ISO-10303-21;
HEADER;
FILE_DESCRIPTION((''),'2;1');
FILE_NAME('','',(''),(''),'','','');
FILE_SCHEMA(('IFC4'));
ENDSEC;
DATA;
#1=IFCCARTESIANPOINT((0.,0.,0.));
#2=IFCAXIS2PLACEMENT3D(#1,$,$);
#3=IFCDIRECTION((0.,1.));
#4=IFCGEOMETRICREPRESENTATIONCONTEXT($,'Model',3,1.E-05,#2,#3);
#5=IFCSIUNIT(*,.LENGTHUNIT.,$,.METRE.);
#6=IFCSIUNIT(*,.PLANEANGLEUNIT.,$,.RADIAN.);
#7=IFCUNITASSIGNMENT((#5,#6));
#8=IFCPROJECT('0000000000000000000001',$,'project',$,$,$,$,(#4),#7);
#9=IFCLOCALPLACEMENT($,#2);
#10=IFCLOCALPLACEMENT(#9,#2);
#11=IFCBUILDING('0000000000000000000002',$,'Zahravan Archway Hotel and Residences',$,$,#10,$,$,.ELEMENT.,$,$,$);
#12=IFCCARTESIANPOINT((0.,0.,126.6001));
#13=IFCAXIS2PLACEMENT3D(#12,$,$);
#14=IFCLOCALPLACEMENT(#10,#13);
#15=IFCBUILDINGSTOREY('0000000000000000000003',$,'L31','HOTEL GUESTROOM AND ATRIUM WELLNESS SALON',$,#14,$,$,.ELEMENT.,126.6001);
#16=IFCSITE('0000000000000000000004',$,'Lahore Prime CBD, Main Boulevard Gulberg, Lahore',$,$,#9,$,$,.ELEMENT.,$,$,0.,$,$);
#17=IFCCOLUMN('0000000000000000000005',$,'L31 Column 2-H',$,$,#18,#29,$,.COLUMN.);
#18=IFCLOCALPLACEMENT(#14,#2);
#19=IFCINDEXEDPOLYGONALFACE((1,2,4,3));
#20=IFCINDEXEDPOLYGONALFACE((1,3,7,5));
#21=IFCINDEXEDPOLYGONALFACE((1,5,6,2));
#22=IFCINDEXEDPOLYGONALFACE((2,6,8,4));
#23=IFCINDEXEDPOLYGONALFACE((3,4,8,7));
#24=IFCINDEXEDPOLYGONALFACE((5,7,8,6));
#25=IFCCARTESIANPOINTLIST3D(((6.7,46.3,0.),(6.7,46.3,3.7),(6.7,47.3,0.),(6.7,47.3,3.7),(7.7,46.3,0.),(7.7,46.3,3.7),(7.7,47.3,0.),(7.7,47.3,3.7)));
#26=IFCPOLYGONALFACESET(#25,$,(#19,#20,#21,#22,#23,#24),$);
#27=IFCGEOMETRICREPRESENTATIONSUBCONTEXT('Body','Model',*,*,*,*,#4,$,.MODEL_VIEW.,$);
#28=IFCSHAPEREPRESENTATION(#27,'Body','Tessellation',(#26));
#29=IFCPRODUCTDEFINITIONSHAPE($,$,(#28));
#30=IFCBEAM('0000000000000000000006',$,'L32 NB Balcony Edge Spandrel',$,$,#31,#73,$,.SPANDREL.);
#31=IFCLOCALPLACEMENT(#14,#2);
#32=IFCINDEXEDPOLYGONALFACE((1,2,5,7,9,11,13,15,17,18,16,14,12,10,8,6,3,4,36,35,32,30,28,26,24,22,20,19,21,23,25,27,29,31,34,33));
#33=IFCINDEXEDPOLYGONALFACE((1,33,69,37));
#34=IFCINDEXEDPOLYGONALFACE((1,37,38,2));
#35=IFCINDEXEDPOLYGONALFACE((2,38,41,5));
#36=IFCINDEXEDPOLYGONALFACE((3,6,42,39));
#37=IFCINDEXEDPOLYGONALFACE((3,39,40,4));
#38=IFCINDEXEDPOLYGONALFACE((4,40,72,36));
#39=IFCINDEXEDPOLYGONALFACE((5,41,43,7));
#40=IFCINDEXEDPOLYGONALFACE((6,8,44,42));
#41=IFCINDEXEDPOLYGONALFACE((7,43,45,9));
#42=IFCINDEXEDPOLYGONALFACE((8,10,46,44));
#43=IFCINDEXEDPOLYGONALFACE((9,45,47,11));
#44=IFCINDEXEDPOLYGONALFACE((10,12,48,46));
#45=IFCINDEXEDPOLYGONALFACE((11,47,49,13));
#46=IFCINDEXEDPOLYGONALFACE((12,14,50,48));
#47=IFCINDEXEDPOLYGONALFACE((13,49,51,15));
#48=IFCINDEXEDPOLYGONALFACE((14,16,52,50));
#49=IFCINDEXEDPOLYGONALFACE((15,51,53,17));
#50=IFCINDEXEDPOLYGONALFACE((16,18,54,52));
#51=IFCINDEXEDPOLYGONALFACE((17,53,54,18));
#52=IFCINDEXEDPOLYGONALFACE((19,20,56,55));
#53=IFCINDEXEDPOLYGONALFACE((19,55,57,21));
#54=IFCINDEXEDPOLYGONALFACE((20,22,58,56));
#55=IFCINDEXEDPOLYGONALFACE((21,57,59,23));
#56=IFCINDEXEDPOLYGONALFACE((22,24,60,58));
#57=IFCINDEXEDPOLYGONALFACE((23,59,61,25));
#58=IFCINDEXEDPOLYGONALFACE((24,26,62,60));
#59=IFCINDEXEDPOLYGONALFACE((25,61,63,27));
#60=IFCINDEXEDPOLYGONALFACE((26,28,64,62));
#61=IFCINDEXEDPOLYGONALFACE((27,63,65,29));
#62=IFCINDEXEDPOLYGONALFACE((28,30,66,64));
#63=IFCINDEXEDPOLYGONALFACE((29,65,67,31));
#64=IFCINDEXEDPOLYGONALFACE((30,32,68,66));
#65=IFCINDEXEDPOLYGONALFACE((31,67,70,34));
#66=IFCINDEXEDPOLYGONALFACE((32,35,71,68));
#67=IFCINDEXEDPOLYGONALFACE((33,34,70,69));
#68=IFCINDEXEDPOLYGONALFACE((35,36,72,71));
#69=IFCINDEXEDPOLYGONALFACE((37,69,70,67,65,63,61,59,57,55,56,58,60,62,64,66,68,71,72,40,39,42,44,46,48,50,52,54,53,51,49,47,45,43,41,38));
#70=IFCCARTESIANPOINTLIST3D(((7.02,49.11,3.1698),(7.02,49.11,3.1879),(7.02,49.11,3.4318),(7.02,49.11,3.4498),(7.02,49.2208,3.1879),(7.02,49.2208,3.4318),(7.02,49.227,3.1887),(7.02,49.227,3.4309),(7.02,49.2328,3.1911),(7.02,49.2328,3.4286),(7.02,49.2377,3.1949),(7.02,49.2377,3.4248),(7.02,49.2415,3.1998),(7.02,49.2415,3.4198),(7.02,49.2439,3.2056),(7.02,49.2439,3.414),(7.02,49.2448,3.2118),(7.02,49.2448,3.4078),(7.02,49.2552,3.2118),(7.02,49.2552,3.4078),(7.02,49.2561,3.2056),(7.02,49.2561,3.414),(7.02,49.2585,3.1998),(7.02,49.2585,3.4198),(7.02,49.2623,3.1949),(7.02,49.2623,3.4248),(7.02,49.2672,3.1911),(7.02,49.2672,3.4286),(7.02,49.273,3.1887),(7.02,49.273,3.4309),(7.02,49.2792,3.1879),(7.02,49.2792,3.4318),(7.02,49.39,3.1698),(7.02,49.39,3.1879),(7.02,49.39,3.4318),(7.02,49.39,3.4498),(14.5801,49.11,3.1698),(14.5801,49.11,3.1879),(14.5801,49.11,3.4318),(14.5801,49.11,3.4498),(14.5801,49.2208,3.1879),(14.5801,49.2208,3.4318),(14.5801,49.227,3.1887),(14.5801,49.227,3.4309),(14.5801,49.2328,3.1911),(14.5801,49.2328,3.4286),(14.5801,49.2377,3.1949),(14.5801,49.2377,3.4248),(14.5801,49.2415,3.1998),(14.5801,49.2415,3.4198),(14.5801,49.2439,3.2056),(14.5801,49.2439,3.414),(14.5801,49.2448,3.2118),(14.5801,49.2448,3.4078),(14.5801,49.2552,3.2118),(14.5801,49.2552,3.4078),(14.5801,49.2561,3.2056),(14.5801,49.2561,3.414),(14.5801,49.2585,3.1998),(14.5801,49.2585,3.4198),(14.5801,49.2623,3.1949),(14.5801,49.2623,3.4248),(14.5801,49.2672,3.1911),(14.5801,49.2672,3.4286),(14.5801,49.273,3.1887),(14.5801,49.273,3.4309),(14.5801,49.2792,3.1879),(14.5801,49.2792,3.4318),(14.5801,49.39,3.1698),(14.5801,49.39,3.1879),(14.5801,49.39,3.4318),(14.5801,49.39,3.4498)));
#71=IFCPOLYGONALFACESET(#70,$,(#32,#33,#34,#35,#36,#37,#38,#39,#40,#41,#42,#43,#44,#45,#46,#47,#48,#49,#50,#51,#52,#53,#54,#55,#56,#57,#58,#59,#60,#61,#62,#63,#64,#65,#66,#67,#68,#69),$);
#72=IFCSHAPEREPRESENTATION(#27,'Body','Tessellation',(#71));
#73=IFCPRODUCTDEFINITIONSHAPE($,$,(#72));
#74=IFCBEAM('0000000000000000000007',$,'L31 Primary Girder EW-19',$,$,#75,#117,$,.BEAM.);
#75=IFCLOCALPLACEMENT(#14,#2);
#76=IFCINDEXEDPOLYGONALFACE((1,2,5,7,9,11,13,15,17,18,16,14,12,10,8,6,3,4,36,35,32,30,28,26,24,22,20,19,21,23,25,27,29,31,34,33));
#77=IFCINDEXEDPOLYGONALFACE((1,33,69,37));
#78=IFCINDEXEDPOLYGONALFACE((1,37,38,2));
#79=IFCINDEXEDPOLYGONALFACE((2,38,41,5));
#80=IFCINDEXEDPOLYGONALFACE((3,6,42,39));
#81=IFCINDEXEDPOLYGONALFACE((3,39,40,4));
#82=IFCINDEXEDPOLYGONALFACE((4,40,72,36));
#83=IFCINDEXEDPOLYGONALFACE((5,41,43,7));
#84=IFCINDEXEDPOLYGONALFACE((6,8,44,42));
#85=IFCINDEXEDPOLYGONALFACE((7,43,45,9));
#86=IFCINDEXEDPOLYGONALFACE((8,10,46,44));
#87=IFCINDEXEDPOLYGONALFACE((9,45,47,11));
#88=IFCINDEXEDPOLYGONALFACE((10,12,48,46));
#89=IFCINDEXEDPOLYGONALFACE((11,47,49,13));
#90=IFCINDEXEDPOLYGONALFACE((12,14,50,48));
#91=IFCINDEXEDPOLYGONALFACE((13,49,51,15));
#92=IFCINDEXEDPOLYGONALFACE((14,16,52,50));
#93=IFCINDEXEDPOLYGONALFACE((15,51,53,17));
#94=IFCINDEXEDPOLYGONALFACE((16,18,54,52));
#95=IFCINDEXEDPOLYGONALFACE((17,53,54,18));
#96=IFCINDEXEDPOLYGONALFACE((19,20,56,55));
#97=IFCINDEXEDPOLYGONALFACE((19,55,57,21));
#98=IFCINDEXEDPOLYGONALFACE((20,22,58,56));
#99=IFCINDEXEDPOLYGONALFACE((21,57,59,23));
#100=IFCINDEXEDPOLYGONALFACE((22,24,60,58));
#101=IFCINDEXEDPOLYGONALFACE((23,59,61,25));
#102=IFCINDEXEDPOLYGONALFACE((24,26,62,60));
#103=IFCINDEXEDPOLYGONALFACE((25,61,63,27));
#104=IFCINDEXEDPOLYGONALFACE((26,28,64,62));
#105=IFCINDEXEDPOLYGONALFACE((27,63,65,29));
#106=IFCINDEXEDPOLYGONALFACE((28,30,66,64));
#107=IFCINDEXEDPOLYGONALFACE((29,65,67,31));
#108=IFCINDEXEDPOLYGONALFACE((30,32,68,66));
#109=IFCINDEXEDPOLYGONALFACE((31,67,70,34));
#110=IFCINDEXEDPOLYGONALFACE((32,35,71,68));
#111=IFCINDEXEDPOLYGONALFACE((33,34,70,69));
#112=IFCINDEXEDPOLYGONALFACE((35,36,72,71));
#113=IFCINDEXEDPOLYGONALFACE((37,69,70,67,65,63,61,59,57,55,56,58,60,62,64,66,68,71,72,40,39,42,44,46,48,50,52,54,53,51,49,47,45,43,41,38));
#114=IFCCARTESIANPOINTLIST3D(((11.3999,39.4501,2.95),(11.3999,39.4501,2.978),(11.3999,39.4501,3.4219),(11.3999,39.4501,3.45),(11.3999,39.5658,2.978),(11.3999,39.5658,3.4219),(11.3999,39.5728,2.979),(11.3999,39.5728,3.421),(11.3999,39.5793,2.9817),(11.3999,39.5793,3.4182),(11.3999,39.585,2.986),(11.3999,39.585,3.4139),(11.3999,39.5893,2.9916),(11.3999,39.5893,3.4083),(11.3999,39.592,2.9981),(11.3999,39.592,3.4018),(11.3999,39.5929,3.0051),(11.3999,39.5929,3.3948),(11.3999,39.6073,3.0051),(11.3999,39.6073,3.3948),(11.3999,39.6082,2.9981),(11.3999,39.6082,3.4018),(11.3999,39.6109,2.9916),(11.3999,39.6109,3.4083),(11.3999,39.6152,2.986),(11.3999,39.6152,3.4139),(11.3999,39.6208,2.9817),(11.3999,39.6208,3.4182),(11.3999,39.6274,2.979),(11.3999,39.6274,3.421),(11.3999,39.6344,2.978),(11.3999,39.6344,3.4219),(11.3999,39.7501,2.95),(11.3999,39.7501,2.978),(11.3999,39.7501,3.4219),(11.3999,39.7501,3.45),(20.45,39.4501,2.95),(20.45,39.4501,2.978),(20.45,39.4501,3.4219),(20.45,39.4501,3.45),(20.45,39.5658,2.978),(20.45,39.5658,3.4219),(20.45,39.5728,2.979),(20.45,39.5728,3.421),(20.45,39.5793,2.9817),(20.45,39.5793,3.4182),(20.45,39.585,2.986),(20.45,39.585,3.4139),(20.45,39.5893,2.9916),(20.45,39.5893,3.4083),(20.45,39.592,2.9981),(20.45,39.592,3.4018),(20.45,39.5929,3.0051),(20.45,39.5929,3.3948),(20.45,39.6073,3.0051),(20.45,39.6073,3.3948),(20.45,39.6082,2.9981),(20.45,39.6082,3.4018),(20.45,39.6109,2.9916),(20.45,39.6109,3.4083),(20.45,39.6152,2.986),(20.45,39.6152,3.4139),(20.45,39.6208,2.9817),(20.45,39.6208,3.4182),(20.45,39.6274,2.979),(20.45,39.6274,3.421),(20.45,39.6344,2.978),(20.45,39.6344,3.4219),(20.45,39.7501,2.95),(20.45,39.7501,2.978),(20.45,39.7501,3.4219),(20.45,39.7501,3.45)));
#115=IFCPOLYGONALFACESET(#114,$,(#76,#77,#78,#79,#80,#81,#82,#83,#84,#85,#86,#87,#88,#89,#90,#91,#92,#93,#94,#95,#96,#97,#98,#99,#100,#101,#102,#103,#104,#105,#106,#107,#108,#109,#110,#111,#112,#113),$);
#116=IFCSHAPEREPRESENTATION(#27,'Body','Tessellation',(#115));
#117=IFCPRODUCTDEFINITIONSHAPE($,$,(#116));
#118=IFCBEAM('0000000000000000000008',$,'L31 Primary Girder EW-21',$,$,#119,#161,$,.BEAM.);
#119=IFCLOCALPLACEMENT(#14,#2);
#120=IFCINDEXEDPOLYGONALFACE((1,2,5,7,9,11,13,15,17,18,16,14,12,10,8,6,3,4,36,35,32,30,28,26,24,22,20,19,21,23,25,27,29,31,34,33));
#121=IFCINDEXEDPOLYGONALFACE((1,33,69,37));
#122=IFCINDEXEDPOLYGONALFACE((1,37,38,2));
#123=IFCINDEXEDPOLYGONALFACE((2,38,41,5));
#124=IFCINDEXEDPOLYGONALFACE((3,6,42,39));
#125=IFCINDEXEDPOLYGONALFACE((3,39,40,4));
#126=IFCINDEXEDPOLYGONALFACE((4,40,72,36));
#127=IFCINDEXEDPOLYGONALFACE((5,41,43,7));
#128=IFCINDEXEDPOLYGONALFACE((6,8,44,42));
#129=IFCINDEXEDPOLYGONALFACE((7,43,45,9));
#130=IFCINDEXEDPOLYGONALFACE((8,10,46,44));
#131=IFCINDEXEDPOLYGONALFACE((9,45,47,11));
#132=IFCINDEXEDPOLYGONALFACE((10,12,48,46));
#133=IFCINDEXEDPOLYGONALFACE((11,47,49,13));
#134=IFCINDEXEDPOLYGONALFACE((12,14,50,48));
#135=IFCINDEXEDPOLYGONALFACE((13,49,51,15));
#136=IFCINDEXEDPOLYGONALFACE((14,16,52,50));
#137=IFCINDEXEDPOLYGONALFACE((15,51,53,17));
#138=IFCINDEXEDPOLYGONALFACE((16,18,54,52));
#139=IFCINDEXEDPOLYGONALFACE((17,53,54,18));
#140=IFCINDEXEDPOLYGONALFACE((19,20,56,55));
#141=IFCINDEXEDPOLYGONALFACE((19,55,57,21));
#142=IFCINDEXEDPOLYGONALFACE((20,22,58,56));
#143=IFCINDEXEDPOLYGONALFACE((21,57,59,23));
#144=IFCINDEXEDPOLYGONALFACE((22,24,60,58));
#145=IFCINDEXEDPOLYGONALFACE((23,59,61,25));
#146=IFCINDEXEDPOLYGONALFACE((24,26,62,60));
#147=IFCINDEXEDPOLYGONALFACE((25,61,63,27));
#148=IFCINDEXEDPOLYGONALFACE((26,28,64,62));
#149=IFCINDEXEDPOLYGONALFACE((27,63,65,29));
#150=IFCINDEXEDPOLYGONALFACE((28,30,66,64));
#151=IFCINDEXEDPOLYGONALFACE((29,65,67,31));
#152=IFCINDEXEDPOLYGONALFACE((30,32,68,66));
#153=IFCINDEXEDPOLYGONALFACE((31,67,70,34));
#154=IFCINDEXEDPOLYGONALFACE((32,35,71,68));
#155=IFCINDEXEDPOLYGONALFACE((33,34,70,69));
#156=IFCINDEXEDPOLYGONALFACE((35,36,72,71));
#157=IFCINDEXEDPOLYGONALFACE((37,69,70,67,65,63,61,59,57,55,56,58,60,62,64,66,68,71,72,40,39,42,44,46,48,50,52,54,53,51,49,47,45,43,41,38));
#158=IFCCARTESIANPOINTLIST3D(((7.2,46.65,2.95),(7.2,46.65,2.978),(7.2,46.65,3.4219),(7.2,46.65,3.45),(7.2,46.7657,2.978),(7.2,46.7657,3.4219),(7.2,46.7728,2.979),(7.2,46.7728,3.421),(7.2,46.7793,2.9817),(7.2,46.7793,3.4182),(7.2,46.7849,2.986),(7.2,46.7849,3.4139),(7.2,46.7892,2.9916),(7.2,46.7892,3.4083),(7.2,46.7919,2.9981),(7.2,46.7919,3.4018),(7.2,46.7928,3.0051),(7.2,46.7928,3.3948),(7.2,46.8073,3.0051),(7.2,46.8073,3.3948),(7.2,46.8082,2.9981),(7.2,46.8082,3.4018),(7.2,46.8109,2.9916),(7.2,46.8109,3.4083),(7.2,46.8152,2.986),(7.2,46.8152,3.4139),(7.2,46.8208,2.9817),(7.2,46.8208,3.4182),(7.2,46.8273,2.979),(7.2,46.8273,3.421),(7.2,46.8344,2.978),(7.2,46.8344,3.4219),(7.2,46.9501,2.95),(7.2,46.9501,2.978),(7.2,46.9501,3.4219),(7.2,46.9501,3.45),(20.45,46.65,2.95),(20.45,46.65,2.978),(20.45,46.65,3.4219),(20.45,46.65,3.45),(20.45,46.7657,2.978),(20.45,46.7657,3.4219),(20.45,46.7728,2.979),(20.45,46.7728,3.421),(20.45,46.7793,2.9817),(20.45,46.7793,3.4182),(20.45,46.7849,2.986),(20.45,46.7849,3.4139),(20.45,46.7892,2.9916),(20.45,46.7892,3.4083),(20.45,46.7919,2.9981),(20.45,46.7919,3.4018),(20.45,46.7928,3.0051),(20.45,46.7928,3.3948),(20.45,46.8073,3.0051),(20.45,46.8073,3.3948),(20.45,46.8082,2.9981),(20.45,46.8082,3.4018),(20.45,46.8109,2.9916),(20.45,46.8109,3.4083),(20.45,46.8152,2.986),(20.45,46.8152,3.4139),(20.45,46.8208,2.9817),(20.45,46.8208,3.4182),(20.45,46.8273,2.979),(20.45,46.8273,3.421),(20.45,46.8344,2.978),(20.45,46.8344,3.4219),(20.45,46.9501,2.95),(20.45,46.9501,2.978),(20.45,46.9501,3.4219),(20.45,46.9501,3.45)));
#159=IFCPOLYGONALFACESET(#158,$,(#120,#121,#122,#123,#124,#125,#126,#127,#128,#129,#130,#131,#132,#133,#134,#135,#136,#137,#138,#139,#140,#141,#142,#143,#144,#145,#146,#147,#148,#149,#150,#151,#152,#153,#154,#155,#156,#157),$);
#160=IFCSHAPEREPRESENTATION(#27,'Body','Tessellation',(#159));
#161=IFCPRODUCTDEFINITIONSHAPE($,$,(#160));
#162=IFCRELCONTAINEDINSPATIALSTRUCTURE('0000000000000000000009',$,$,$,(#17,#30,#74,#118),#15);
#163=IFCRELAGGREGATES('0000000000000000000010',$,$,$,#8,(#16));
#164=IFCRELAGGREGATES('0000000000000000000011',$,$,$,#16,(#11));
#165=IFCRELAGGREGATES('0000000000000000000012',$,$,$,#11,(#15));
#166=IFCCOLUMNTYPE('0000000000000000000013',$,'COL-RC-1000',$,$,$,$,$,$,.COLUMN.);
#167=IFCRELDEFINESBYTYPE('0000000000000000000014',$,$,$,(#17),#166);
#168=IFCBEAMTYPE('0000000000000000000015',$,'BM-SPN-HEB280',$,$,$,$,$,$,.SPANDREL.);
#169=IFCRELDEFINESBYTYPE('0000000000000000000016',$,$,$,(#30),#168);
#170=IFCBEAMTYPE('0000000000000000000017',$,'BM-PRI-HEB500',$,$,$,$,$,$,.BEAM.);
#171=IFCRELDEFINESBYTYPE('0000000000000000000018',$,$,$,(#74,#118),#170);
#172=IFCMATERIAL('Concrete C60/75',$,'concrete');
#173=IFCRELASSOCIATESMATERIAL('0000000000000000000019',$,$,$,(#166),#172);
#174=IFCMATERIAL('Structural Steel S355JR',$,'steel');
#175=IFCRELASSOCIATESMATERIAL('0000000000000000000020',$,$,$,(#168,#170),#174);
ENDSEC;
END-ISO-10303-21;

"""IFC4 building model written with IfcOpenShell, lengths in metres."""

from ifc_helpers import new_model, si_unit, direction, frame, origin, origin_2d, place, context, subcontext, project, spatial, rectangle, i_section, extrude, source, transform, mapped, material, material_profile, profile_set, type_object, type_shapes, element, save


model = new_model("IFC4")

# Units and contexts
model_context = context("Model", 3, precision=1e-05, world=origin(), true_north=direction((0.0, 1.0)))
body_context = subcontext(model_context, "Body", "Model", "MODEL_VIEW")
ifc_project = project(units=[si_unit("LENGTHUNIT", "METRE"), si_unit("PLANEANGLEUNIT", "RADIAN")], contexts=[model_context])

# Site, building, storey
site_placement = place(None, origin())
site = spatial("IfcSite", under=ifc_project, at=site_placement, Name="Lahore Prime CBD, Main Boulevard Gulberg, Lahore", CompositionType="ELEMENT", RefElevation=0.0)
building_placement = place(site_placement, origin())
building = spatial("IfcBuilding", under=site, at=building_placement, Name="Zahravan Archway Hotel and Residences", CompositionType="ELEMENT")
storey_placement = place(building_placement, frame((0.0, 0.0, 126.6001)))
storey = spatial("IfcBuildingStorey", under=building, at=storey_placement, Name="L31", Description="HOTEL GUESTROOM AND ATRIUM WELLNESS SALON", CompositionType="ELEMENT", Elevation=126.6001)

# Column
ifc_material_1 = material(Name="Concrete C60/75", Category="concrete")
ifc_material_profile_1 = material_profile(ifc_material_1, rectangle(XDim=1.0, YDim=1.0, at=origin_2d()), Name="RC-COL-1000x1000", Category="concrete")
ifc_profile_set_1 = profile_set([ifc_material_profile_1], Name="Concrete C60/75")
column_type = type_object("IfcColumnType", Name="COL-RC-1000", PredefinedType="COLUMN", material=ifc_profile_set_1)
shared_shape_1 = source(origin(), body_context, "Body", "SweptSolid", [
    extrude(rectangle(XDim=1.0, YDim=1.0, at=origin_2d()), origin(), (0.0, 0.0, 1.0), 3.7),
])
type_shapes(column_type, [shared_shape_1])
column_placement = place(storey_placement, frame((7.2, 46.8, 0.0), z_axis=(0.0, 0.0, 1.0), x_axis=(1.0, 0.0, 0.0)))
element("IfcColumn", 1, at=column_placement, inside=storey, type_object=column_type, Name="L31 Column 2-H", PredefinedType="COLUMN", context=body_context, shape_type="MappedRepresentation", body=[
    mapped(shared_shape_1, transform((0.0, 0.0, 0.0), scale=1.0)),
])

# Beams
ifc_material_2 = material(Name="Structural Steel S355JR", Category="steel")
ifc_material_profile_2 = material_profile(ifc_material_2, i_section(OverallWidth=0.28, OverallDepth=0.28, WebThickness=0.0105, FlangeThickness=0.0181, FilletRadius=0.0239, at=origin_2d()), Name="HEB 280", Category="steel")
ifc_profile_set_2 = profile_set([ifc_material_profile_2], Name="Structural Steel S355JR")
beam_type_1 = type_object("IfcBeamType", Name="BM-SPN-HEB280", PredefinedType="SPANDREL", material=ifc_profile_set_2)
shared_shape_2 = source(origin(), body_context, "Body", "SweptSolid", [
    extrude(i_section(OverallWidth=0.28, OverallDepth=0.28, WebThickness=0.0105, FlangeThickness=0.0181, FilletRadius=0.0239, at=origin_2d()), origin(), (0.0, 0.0, 1.0), 7.5601),
])
type_shapes(beam_type_1, [shared_shape_2])
beam_1_placement = place(storey_placement, frame((7.02, 49.25, 3.3098), z_axis=(1.0, 0.0, 0.0), x_axis=(0.0, 1.0, 0.0)))
element("IfcBeam", 2, at=beam_1_placement, inside=storey, type_object=beam_type_1, Name="L32 NB Balcony Edge Spandrel", PredefinedType="SPANDREL", context=body_context, shape_type="MappedRepresentation", body=[
    mapped(shared_shape_2, transform((0.0, 0.0, 0.0), scale=1.0)),
])
ifc_material_profile_3 = material_profile(ifc_material_2, i_section(OverallWidth=0.3, OverallDepth=0.5, WebThickness=0.0144, FlangeThickness=0.0281, FilletRadius=0.0271, at=origin_2d()), Name="HEB 500", Category="steel")
ifc_profile_set_3 = profile_set([ifc_material_profile_3], Name="Structural Steel S355JR")
beam_type_2 = type_object("IfcBeamType", Name="BM-PRI-HEB500", PredefinedType="BEAM", material=ifc_profile_set_3)
shared_shape_3 = source(origin(), body_context, "Body", "SweptSolid", [
    extrude(i_section(OverallWidth=0.3, OverallDepth=0.5, WebThickness=0.0144, FlangeThickness=0.0281, FilletRadius=0.0271, at=origin_2d()), origin(), (0.0, 0.0, 1.0), 9.05),
])
beam_2_placement = place(storey_placement, frame((11.3999, 39.6001, 3.2), z_axis=(1.0, 0.0, 0.0), x_axis=(0.0, 1.0, 0.0)))
element("IfcBeam", 3, at=beam_2_placement, inside=storey, type_object=beam_type_2, Name="L31 Primary Girder EW-19", PredefinedType="BEAM", context=body_context, shape_type="MappedRepresentation", body=[
    mapped(shared_shape_3, transform((0.0, 0.0, 0.0), scale=1.0)),
])
shared_shape_4 = source(origin(), body_context, "Body", "SweptSolid", [
    extrude(i_section(OverallWidth=0.3, OverallDepth=0.5, WebThickness=0.0144, FlangeThickness=0.0281, FilletRadius=0.0271, at=origin_2d()), origin(), (0.0, 0.0, 1.0), 13.25),
])
beam_3_placement = place(storey_placement, frame((7.2, 46.8, 3.2), z_axis=(1.0, 0.0, 0.0), x_axis=(0.0, 1.0, 0.0)))
element("IfcBeam", 4, at=beam_3_placement, inside=storey, type_object=beam_type_2, Name="L31 Primary Girder EW-21", PredefinedType="BEAM", context=body_context, shape_type="MappedRepresentation", body=[
    mapped(shared_shape_4, transform((0.0, 0.0, 0.0), scale=1.0)),
])

save(model, "model.ifc")
